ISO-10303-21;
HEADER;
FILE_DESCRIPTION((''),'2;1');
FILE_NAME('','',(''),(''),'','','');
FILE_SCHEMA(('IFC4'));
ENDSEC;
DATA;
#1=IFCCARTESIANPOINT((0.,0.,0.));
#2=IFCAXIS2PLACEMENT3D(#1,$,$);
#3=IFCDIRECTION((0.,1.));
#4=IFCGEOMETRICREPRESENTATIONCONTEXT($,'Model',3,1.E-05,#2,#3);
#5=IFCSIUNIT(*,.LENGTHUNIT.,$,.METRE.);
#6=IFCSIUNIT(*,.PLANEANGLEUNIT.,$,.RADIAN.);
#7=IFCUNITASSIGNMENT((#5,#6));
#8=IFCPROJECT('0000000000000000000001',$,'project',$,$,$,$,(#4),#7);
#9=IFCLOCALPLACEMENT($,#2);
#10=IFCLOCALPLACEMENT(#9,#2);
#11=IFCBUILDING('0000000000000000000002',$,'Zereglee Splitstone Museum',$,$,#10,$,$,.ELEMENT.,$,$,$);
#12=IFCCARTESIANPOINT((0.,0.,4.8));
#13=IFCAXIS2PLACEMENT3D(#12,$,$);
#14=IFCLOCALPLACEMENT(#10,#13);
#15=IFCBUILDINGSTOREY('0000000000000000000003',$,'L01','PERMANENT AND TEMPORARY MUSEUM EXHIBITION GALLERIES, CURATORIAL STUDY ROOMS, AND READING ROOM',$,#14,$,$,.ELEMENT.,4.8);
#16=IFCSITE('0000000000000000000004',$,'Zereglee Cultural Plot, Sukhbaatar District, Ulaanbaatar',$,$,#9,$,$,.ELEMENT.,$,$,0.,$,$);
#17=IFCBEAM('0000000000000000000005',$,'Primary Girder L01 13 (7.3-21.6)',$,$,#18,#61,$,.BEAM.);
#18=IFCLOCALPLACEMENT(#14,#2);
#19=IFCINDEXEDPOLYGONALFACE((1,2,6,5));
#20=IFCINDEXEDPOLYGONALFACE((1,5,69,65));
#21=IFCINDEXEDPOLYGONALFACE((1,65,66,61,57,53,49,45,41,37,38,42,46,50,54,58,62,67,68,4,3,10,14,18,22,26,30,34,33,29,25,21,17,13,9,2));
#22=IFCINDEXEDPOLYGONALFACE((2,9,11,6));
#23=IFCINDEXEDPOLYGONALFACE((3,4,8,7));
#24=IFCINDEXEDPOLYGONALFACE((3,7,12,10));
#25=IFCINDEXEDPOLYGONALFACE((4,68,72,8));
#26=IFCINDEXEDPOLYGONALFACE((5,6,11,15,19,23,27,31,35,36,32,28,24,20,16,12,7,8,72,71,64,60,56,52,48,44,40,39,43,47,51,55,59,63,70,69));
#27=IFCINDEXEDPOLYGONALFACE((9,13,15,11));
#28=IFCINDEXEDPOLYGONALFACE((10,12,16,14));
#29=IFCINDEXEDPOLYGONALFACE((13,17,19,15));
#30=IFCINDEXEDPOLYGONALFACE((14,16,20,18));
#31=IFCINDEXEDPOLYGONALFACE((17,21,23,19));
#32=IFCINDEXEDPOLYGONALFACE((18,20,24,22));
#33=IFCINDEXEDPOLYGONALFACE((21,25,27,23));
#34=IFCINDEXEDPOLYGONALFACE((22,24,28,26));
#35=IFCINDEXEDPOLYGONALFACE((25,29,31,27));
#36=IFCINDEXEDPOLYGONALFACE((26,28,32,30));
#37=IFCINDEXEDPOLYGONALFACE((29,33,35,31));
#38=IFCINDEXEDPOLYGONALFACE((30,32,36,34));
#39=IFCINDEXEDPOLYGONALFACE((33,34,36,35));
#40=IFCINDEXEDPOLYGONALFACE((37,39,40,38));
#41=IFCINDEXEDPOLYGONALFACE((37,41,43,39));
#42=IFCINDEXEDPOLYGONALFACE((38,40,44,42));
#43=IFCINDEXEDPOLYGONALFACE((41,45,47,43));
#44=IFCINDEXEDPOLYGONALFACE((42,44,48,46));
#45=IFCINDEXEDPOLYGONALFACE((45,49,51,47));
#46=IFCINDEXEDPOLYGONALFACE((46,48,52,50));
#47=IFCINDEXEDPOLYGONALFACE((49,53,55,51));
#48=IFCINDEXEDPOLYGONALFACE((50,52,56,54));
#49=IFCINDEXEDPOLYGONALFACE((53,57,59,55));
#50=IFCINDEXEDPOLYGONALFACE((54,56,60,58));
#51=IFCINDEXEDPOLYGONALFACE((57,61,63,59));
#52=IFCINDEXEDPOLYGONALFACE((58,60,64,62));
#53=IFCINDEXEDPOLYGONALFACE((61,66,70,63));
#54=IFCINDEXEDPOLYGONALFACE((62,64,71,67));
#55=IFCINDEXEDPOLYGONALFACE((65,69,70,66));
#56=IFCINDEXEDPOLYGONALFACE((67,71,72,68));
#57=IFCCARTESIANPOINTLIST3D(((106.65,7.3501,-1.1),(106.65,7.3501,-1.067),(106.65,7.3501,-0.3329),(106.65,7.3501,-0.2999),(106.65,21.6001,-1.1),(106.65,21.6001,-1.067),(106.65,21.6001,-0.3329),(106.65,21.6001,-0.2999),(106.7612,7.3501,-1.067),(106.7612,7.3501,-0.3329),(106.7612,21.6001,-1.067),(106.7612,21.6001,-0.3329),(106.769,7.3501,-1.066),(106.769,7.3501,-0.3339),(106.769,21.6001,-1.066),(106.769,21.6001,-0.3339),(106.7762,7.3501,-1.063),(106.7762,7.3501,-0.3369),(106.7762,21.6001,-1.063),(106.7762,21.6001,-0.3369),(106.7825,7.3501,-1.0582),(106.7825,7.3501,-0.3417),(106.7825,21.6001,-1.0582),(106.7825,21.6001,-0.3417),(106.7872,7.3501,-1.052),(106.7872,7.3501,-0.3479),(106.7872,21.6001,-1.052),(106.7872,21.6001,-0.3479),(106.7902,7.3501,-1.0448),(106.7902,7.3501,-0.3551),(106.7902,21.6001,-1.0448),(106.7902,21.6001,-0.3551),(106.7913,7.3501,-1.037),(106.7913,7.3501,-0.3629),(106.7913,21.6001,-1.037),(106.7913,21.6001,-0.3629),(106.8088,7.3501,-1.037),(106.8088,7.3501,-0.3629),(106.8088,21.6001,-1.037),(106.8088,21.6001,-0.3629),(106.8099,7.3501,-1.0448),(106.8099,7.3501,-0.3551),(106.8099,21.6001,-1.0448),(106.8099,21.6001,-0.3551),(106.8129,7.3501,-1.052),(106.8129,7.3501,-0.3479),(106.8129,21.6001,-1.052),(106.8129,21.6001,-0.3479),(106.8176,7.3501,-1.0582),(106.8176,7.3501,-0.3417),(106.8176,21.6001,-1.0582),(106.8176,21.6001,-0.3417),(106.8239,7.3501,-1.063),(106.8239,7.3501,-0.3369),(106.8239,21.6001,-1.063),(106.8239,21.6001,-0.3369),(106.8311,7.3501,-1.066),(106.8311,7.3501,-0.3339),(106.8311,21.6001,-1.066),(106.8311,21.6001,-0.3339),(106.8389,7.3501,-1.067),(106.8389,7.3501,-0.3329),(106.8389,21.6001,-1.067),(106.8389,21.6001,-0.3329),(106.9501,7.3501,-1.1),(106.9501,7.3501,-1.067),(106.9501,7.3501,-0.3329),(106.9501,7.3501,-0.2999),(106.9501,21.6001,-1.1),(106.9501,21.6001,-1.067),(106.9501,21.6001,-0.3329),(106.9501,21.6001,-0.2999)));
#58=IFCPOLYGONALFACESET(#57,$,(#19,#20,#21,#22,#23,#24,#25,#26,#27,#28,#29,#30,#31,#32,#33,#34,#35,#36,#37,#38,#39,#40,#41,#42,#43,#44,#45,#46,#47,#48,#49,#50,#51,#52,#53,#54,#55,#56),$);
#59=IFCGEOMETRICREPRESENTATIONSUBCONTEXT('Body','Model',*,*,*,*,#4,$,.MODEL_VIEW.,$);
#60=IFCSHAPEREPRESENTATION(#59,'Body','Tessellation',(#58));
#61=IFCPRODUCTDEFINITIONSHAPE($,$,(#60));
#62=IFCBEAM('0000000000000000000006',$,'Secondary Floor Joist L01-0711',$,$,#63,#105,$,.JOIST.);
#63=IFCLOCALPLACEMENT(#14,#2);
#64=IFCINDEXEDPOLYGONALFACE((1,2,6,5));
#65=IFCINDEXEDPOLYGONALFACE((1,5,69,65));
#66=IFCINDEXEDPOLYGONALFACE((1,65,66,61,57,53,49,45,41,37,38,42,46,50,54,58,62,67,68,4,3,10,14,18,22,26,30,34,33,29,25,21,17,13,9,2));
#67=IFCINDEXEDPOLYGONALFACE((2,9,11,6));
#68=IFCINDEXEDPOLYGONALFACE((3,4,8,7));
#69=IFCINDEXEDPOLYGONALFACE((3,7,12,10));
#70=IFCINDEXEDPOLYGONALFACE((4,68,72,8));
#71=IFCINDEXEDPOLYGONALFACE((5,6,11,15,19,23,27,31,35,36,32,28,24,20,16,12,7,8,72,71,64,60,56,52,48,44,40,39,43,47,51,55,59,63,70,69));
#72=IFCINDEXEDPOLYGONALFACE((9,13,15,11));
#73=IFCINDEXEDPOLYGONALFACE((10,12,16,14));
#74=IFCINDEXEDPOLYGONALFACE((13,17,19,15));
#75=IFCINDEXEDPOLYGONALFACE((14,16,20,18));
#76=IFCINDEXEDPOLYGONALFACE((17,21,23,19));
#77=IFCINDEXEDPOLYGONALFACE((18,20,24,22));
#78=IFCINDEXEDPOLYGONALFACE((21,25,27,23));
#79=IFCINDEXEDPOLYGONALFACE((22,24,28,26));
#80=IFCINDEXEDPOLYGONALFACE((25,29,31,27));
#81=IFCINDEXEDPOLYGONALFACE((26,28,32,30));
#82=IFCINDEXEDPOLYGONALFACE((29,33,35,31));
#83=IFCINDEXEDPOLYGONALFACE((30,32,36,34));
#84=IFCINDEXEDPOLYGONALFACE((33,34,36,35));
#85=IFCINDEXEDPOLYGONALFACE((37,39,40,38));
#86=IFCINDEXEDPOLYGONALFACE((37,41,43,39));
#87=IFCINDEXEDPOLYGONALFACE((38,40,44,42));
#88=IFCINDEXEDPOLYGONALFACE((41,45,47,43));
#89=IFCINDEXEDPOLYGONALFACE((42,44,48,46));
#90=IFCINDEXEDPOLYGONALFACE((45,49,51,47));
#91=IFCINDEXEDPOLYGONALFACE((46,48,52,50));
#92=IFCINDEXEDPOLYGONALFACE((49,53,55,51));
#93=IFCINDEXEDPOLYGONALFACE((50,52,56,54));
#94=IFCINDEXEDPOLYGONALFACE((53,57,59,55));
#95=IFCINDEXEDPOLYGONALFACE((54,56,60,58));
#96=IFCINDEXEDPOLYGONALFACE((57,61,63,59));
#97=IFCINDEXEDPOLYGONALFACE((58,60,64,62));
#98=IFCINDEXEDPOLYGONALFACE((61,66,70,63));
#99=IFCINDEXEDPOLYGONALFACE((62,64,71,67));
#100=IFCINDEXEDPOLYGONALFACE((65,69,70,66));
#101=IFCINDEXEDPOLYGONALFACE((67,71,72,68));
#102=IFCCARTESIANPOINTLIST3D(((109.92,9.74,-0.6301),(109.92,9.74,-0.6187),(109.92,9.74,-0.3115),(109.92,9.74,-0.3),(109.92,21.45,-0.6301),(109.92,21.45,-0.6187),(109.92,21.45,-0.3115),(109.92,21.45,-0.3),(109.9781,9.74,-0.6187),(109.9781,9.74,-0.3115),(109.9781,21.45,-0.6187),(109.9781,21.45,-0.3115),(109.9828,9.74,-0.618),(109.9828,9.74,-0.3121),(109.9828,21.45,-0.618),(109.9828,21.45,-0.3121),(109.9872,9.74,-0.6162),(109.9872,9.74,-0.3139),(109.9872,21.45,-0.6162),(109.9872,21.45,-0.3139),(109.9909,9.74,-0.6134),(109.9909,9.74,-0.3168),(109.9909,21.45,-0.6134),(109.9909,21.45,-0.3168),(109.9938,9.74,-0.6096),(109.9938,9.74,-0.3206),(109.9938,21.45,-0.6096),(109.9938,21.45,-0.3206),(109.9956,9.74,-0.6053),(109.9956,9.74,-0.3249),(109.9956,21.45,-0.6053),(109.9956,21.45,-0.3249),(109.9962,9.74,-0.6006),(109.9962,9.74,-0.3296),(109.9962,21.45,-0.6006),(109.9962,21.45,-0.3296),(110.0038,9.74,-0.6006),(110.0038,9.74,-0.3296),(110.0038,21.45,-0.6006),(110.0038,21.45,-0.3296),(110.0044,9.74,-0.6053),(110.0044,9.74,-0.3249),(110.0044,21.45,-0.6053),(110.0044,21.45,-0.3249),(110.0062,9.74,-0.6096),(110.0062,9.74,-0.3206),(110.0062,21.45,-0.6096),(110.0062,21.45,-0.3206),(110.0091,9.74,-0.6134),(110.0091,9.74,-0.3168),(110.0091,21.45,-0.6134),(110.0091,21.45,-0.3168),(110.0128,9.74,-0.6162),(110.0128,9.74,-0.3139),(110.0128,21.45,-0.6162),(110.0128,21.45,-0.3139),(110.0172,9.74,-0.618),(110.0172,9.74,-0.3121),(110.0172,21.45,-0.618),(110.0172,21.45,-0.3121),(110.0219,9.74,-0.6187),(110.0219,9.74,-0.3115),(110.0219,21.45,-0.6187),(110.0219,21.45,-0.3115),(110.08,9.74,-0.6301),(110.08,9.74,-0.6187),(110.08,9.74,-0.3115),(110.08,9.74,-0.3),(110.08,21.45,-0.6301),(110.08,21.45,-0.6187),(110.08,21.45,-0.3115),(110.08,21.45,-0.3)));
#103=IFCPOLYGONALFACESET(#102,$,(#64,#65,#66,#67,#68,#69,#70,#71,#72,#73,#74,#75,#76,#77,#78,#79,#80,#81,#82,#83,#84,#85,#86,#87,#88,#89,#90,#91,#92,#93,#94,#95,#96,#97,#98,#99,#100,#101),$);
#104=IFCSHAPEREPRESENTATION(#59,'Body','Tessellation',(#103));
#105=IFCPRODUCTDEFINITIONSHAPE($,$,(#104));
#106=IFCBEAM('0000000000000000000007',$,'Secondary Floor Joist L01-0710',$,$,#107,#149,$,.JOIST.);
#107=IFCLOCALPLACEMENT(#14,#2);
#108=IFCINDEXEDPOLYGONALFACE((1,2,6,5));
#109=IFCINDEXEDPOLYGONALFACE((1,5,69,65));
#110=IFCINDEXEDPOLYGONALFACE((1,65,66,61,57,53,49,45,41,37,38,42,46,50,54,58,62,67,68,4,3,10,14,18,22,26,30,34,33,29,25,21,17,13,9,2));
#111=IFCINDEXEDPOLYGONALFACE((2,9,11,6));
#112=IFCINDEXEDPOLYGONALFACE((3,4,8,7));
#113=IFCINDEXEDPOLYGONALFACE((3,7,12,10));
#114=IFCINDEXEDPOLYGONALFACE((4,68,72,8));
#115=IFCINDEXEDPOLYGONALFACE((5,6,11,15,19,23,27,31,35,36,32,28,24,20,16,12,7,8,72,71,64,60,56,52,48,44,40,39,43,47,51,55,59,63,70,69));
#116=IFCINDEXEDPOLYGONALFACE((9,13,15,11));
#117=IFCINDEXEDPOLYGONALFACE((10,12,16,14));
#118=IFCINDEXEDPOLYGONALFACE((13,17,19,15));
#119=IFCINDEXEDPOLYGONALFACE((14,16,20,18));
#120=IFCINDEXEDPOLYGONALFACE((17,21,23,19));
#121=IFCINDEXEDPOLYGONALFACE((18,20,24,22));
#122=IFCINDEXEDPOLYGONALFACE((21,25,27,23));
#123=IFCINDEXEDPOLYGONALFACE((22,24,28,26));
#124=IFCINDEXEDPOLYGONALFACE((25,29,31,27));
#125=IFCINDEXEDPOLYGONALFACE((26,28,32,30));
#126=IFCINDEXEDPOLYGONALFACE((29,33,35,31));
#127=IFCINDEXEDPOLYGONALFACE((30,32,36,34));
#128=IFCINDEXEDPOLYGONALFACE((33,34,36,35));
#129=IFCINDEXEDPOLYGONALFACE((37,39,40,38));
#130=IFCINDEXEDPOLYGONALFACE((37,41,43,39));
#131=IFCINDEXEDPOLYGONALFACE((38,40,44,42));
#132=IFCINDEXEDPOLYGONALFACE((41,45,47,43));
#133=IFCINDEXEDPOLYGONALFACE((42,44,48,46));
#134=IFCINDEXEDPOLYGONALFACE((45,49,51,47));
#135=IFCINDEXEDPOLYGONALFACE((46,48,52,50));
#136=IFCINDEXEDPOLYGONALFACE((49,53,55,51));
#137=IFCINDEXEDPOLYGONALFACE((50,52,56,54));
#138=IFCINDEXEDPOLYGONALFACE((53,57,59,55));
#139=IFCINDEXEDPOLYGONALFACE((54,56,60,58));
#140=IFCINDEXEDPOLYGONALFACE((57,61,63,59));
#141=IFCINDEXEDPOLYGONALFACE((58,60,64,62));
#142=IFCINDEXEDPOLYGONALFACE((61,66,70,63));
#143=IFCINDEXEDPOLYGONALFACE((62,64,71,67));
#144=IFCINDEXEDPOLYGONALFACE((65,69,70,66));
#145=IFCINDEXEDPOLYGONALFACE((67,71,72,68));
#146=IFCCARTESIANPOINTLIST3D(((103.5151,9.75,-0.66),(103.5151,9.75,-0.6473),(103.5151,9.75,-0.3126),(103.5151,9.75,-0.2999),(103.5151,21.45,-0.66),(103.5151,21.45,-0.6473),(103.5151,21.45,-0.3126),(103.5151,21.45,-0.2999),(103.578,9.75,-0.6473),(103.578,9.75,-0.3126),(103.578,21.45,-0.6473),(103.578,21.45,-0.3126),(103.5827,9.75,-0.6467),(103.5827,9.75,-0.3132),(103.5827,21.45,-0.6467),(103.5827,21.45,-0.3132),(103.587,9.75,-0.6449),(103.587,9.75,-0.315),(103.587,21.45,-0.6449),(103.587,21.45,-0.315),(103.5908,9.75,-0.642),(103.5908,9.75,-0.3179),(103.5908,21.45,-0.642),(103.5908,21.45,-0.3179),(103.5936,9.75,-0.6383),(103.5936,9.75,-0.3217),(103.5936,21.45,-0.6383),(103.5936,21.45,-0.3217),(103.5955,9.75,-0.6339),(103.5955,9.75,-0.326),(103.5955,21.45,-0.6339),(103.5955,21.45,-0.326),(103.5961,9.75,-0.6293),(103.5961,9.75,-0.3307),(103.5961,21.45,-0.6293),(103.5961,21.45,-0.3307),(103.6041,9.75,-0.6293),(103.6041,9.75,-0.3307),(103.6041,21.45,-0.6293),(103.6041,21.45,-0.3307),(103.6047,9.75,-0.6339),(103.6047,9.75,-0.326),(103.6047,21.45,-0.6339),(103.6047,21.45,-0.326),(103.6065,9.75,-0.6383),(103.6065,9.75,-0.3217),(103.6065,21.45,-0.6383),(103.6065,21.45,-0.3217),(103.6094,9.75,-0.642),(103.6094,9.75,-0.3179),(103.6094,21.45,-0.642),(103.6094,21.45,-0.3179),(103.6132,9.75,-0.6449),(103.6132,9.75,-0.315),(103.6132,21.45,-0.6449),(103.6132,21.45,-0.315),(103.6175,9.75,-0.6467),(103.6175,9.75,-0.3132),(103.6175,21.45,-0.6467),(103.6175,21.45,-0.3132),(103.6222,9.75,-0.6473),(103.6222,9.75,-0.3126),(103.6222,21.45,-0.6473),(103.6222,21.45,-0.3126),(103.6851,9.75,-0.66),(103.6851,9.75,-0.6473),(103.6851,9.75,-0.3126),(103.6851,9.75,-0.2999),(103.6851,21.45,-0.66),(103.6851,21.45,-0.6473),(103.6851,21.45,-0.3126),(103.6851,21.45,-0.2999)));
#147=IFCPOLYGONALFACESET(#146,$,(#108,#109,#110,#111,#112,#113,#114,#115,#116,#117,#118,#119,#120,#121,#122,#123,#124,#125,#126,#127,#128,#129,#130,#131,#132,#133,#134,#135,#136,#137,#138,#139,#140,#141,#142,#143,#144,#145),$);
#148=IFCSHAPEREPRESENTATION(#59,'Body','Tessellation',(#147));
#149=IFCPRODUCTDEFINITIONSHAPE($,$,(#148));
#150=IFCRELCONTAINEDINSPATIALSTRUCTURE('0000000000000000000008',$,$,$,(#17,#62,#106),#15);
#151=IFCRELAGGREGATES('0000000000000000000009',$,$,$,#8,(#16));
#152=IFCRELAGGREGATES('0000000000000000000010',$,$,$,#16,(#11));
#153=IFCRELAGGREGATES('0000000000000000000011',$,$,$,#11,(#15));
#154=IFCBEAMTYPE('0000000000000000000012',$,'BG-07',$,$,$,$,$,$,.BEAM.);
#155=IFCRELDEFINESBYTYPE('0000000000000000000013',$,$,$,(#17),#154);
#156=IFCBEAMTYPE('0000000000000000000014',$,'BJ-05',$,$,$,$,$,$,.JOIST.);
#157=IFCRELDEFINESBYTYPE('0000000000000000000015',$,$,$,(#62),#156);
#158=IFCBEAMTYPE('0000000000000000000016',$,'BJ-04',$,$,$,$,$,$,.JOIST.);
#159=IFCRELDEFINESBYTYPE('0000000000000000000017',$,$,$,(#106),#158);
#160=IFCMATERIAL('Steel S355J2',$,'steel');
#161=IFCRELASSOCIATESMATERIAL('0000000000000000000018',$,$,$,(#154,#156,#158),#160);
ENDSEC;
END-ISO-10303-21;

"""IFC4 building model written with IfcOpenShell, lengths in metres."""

from ifc_helpers import new_model, si_unit, direction, frame, origin, origin_2d, place, context, subcontext, project, spatial, i_section, extrude, material, material_profile, profile_set, type_object, element, save


model = new_model("IFC4")

# Units and contexts
model_context = context("Model", 3, precision=1e-05, world=origin(), true_north=direction((0.0, 1.0)))
body_context = subcontext(model_context, "Body", "Model", "MODEL_VIEW")
ifc_project = project(units=[si_unit("LENGTHUNIT", "METRE"), si_unit("PLANEANGLEUNIT", "RADIAN")], contexts=[model_context])

# Site, building, storey
site_placement = place(None, origin())
site = spatial("IfcSite", under=ifc_project, at=site_placement, Name="Zereglee Cultural Plot, Sukhbaatar District, Ulaanbaatar", CompositionType="ELEMENT", RefElevation=0.0)
building_placement = place(site_placement, origin())
building = spatial("IfcBuilding", under=site, at=building_placement, Name="Zereglee Splitstone Museum", CompositionType="ELEMENT")
storey_placement = place(building_placement, frame((0.0, 0.0, 4.8)))
storey = spatial("IfcBuildingStorey", under=building, at=storey_placement, Name="L01", Description="PERMANENT AND TEMPORARY MUSEUM EXHIBITION GALLERIES, CURATORIAL STUDY ROOMS, AND READING ROOM", CompositionType="ELEMENT", Elevation=4.8)

# Shared definitions
ifc_material_1 = material(Name="Steel S355J2", Category="steel")

# Beams
ifc_material_profile_1 = material_profile(ifc_material_1, i_section(OverallWidth=0.3, OverallDepth=0.8, WebThickness=0.0176, FlangeThickness=0.033, FilletRadius=0.03, at=origin_2d()), Name="HE 800 B")
ifc_profile_set_1 = profile_set([ifc_material_profile_1], Name="Steel S355J2")
beam_type_1 = type_object("IfcBeamType", Name="BG-07", PredefinedType="BEAM", material=ifc_profile_set_1)
beam_1_placement = place(storey_placement, frame((106.8, 7.3501, -0.7), z_axis=(0.0, 1.0, 0.0), x_axis=(-1.0, 0.0, 0.0)))
element("IfcBeam", 1, at=beam_1_placement, inside=storey, type_object=beam_type_1, Name="Primary Girder L01 13 (7.3-21.6)", PredefinedType="BEAM", context=body_context, shape_type="SweptSolid", body=[
    extrude(i_section(OverallWidth=0.3, OverallDepth=0.8, WebThickness=0.0176, FlangeThickness=0.033, FilletRadius=0.03, at=origin_2d()), origin(), (0.0, 0.0, 1.0), 14.25),
])
ifc_material_profile_2 = material_profile(ifc_material_1, i_section(OverallWidth=0.1599, OverallDepth=0.3301, WebThickness=0.0076, FlangeThickness=0.0115, FilletRadius=0.0181, at=origin_2d()), Name="IPE 330")
ifc_profile_set_2 = profile_set([ifc_material_profile_2], Name="Steel S355J2")
beam_type_2 = type_object("IfcBeamType", Name="BJ-05", PredefinedType="JOIST", material=ifc_profile_set_2)
beam_2_placement = place(storey_placement, frame((110.0, 9.74, -0.4651), z_axis=(0.0, 1.0, 0.0), x_axis=(-1.0, 0.0, 0.0)))
element("IfcBeam", 2, at=beam_2_placement, inside=storey, type_object=beam_type_2, Name="Secondary Floor Joist L01-0711", PredefinedType="JOIST", context=body_context, shape_type="SweptSolid", body=[
    extrude(i_section(OverallWidth=0.1599, OverallDepth=0.3301, WebThickness=0.0076, FlangeThickness=0.0115, FilletRadius=0.0181, at=origin_2d()), origin(), (0.0, 0.0, 1.0), 11.71),
])
ifc_material_profile_3 = material_profile(ifc_material_1, i_section(OverallWidth=0.1699, OverallDepth=0.3601, WebThickness=0.0081, FlangeThickness=0.0127, FilletRadius=0.0181, at=origin_2d()), Name="IPE 360")
ifc_profile_set_3 = profile_set([ifc_material_profile_3], Name="Steel S355J2")
beam_type_3 = type_object("IfcBeamType", Name="BJ-04", PredefinedType="JOIST", material=ifc_profile_set_3)
beam_3_placement = place(storey_placement, frame((103.6001, 9.75, -0.48), z_axis=(0.0, 1.0, 0.0), x_axis=(-1.0, 0.0, 0.0)))
element("IfcBeam", 3, at=beam_3_placement, inside=storey, type_object=beam_type_3, Name="Secondary Floor Joist L01-0710", PredefinedType="JOIST", context=body_context, shape_type="SweptSolid", body=[
    extrude(i_section(OverallWidth=0.1699, OverallDepth=0.3601, WebThickness=0.0081, FlangeThickness=0.0127, FilletRadius=0.0181, at=origin_2d()), origin(), (0.0, 0.0, 1.0), 11.7),
])

save(model, "model.ifc")
